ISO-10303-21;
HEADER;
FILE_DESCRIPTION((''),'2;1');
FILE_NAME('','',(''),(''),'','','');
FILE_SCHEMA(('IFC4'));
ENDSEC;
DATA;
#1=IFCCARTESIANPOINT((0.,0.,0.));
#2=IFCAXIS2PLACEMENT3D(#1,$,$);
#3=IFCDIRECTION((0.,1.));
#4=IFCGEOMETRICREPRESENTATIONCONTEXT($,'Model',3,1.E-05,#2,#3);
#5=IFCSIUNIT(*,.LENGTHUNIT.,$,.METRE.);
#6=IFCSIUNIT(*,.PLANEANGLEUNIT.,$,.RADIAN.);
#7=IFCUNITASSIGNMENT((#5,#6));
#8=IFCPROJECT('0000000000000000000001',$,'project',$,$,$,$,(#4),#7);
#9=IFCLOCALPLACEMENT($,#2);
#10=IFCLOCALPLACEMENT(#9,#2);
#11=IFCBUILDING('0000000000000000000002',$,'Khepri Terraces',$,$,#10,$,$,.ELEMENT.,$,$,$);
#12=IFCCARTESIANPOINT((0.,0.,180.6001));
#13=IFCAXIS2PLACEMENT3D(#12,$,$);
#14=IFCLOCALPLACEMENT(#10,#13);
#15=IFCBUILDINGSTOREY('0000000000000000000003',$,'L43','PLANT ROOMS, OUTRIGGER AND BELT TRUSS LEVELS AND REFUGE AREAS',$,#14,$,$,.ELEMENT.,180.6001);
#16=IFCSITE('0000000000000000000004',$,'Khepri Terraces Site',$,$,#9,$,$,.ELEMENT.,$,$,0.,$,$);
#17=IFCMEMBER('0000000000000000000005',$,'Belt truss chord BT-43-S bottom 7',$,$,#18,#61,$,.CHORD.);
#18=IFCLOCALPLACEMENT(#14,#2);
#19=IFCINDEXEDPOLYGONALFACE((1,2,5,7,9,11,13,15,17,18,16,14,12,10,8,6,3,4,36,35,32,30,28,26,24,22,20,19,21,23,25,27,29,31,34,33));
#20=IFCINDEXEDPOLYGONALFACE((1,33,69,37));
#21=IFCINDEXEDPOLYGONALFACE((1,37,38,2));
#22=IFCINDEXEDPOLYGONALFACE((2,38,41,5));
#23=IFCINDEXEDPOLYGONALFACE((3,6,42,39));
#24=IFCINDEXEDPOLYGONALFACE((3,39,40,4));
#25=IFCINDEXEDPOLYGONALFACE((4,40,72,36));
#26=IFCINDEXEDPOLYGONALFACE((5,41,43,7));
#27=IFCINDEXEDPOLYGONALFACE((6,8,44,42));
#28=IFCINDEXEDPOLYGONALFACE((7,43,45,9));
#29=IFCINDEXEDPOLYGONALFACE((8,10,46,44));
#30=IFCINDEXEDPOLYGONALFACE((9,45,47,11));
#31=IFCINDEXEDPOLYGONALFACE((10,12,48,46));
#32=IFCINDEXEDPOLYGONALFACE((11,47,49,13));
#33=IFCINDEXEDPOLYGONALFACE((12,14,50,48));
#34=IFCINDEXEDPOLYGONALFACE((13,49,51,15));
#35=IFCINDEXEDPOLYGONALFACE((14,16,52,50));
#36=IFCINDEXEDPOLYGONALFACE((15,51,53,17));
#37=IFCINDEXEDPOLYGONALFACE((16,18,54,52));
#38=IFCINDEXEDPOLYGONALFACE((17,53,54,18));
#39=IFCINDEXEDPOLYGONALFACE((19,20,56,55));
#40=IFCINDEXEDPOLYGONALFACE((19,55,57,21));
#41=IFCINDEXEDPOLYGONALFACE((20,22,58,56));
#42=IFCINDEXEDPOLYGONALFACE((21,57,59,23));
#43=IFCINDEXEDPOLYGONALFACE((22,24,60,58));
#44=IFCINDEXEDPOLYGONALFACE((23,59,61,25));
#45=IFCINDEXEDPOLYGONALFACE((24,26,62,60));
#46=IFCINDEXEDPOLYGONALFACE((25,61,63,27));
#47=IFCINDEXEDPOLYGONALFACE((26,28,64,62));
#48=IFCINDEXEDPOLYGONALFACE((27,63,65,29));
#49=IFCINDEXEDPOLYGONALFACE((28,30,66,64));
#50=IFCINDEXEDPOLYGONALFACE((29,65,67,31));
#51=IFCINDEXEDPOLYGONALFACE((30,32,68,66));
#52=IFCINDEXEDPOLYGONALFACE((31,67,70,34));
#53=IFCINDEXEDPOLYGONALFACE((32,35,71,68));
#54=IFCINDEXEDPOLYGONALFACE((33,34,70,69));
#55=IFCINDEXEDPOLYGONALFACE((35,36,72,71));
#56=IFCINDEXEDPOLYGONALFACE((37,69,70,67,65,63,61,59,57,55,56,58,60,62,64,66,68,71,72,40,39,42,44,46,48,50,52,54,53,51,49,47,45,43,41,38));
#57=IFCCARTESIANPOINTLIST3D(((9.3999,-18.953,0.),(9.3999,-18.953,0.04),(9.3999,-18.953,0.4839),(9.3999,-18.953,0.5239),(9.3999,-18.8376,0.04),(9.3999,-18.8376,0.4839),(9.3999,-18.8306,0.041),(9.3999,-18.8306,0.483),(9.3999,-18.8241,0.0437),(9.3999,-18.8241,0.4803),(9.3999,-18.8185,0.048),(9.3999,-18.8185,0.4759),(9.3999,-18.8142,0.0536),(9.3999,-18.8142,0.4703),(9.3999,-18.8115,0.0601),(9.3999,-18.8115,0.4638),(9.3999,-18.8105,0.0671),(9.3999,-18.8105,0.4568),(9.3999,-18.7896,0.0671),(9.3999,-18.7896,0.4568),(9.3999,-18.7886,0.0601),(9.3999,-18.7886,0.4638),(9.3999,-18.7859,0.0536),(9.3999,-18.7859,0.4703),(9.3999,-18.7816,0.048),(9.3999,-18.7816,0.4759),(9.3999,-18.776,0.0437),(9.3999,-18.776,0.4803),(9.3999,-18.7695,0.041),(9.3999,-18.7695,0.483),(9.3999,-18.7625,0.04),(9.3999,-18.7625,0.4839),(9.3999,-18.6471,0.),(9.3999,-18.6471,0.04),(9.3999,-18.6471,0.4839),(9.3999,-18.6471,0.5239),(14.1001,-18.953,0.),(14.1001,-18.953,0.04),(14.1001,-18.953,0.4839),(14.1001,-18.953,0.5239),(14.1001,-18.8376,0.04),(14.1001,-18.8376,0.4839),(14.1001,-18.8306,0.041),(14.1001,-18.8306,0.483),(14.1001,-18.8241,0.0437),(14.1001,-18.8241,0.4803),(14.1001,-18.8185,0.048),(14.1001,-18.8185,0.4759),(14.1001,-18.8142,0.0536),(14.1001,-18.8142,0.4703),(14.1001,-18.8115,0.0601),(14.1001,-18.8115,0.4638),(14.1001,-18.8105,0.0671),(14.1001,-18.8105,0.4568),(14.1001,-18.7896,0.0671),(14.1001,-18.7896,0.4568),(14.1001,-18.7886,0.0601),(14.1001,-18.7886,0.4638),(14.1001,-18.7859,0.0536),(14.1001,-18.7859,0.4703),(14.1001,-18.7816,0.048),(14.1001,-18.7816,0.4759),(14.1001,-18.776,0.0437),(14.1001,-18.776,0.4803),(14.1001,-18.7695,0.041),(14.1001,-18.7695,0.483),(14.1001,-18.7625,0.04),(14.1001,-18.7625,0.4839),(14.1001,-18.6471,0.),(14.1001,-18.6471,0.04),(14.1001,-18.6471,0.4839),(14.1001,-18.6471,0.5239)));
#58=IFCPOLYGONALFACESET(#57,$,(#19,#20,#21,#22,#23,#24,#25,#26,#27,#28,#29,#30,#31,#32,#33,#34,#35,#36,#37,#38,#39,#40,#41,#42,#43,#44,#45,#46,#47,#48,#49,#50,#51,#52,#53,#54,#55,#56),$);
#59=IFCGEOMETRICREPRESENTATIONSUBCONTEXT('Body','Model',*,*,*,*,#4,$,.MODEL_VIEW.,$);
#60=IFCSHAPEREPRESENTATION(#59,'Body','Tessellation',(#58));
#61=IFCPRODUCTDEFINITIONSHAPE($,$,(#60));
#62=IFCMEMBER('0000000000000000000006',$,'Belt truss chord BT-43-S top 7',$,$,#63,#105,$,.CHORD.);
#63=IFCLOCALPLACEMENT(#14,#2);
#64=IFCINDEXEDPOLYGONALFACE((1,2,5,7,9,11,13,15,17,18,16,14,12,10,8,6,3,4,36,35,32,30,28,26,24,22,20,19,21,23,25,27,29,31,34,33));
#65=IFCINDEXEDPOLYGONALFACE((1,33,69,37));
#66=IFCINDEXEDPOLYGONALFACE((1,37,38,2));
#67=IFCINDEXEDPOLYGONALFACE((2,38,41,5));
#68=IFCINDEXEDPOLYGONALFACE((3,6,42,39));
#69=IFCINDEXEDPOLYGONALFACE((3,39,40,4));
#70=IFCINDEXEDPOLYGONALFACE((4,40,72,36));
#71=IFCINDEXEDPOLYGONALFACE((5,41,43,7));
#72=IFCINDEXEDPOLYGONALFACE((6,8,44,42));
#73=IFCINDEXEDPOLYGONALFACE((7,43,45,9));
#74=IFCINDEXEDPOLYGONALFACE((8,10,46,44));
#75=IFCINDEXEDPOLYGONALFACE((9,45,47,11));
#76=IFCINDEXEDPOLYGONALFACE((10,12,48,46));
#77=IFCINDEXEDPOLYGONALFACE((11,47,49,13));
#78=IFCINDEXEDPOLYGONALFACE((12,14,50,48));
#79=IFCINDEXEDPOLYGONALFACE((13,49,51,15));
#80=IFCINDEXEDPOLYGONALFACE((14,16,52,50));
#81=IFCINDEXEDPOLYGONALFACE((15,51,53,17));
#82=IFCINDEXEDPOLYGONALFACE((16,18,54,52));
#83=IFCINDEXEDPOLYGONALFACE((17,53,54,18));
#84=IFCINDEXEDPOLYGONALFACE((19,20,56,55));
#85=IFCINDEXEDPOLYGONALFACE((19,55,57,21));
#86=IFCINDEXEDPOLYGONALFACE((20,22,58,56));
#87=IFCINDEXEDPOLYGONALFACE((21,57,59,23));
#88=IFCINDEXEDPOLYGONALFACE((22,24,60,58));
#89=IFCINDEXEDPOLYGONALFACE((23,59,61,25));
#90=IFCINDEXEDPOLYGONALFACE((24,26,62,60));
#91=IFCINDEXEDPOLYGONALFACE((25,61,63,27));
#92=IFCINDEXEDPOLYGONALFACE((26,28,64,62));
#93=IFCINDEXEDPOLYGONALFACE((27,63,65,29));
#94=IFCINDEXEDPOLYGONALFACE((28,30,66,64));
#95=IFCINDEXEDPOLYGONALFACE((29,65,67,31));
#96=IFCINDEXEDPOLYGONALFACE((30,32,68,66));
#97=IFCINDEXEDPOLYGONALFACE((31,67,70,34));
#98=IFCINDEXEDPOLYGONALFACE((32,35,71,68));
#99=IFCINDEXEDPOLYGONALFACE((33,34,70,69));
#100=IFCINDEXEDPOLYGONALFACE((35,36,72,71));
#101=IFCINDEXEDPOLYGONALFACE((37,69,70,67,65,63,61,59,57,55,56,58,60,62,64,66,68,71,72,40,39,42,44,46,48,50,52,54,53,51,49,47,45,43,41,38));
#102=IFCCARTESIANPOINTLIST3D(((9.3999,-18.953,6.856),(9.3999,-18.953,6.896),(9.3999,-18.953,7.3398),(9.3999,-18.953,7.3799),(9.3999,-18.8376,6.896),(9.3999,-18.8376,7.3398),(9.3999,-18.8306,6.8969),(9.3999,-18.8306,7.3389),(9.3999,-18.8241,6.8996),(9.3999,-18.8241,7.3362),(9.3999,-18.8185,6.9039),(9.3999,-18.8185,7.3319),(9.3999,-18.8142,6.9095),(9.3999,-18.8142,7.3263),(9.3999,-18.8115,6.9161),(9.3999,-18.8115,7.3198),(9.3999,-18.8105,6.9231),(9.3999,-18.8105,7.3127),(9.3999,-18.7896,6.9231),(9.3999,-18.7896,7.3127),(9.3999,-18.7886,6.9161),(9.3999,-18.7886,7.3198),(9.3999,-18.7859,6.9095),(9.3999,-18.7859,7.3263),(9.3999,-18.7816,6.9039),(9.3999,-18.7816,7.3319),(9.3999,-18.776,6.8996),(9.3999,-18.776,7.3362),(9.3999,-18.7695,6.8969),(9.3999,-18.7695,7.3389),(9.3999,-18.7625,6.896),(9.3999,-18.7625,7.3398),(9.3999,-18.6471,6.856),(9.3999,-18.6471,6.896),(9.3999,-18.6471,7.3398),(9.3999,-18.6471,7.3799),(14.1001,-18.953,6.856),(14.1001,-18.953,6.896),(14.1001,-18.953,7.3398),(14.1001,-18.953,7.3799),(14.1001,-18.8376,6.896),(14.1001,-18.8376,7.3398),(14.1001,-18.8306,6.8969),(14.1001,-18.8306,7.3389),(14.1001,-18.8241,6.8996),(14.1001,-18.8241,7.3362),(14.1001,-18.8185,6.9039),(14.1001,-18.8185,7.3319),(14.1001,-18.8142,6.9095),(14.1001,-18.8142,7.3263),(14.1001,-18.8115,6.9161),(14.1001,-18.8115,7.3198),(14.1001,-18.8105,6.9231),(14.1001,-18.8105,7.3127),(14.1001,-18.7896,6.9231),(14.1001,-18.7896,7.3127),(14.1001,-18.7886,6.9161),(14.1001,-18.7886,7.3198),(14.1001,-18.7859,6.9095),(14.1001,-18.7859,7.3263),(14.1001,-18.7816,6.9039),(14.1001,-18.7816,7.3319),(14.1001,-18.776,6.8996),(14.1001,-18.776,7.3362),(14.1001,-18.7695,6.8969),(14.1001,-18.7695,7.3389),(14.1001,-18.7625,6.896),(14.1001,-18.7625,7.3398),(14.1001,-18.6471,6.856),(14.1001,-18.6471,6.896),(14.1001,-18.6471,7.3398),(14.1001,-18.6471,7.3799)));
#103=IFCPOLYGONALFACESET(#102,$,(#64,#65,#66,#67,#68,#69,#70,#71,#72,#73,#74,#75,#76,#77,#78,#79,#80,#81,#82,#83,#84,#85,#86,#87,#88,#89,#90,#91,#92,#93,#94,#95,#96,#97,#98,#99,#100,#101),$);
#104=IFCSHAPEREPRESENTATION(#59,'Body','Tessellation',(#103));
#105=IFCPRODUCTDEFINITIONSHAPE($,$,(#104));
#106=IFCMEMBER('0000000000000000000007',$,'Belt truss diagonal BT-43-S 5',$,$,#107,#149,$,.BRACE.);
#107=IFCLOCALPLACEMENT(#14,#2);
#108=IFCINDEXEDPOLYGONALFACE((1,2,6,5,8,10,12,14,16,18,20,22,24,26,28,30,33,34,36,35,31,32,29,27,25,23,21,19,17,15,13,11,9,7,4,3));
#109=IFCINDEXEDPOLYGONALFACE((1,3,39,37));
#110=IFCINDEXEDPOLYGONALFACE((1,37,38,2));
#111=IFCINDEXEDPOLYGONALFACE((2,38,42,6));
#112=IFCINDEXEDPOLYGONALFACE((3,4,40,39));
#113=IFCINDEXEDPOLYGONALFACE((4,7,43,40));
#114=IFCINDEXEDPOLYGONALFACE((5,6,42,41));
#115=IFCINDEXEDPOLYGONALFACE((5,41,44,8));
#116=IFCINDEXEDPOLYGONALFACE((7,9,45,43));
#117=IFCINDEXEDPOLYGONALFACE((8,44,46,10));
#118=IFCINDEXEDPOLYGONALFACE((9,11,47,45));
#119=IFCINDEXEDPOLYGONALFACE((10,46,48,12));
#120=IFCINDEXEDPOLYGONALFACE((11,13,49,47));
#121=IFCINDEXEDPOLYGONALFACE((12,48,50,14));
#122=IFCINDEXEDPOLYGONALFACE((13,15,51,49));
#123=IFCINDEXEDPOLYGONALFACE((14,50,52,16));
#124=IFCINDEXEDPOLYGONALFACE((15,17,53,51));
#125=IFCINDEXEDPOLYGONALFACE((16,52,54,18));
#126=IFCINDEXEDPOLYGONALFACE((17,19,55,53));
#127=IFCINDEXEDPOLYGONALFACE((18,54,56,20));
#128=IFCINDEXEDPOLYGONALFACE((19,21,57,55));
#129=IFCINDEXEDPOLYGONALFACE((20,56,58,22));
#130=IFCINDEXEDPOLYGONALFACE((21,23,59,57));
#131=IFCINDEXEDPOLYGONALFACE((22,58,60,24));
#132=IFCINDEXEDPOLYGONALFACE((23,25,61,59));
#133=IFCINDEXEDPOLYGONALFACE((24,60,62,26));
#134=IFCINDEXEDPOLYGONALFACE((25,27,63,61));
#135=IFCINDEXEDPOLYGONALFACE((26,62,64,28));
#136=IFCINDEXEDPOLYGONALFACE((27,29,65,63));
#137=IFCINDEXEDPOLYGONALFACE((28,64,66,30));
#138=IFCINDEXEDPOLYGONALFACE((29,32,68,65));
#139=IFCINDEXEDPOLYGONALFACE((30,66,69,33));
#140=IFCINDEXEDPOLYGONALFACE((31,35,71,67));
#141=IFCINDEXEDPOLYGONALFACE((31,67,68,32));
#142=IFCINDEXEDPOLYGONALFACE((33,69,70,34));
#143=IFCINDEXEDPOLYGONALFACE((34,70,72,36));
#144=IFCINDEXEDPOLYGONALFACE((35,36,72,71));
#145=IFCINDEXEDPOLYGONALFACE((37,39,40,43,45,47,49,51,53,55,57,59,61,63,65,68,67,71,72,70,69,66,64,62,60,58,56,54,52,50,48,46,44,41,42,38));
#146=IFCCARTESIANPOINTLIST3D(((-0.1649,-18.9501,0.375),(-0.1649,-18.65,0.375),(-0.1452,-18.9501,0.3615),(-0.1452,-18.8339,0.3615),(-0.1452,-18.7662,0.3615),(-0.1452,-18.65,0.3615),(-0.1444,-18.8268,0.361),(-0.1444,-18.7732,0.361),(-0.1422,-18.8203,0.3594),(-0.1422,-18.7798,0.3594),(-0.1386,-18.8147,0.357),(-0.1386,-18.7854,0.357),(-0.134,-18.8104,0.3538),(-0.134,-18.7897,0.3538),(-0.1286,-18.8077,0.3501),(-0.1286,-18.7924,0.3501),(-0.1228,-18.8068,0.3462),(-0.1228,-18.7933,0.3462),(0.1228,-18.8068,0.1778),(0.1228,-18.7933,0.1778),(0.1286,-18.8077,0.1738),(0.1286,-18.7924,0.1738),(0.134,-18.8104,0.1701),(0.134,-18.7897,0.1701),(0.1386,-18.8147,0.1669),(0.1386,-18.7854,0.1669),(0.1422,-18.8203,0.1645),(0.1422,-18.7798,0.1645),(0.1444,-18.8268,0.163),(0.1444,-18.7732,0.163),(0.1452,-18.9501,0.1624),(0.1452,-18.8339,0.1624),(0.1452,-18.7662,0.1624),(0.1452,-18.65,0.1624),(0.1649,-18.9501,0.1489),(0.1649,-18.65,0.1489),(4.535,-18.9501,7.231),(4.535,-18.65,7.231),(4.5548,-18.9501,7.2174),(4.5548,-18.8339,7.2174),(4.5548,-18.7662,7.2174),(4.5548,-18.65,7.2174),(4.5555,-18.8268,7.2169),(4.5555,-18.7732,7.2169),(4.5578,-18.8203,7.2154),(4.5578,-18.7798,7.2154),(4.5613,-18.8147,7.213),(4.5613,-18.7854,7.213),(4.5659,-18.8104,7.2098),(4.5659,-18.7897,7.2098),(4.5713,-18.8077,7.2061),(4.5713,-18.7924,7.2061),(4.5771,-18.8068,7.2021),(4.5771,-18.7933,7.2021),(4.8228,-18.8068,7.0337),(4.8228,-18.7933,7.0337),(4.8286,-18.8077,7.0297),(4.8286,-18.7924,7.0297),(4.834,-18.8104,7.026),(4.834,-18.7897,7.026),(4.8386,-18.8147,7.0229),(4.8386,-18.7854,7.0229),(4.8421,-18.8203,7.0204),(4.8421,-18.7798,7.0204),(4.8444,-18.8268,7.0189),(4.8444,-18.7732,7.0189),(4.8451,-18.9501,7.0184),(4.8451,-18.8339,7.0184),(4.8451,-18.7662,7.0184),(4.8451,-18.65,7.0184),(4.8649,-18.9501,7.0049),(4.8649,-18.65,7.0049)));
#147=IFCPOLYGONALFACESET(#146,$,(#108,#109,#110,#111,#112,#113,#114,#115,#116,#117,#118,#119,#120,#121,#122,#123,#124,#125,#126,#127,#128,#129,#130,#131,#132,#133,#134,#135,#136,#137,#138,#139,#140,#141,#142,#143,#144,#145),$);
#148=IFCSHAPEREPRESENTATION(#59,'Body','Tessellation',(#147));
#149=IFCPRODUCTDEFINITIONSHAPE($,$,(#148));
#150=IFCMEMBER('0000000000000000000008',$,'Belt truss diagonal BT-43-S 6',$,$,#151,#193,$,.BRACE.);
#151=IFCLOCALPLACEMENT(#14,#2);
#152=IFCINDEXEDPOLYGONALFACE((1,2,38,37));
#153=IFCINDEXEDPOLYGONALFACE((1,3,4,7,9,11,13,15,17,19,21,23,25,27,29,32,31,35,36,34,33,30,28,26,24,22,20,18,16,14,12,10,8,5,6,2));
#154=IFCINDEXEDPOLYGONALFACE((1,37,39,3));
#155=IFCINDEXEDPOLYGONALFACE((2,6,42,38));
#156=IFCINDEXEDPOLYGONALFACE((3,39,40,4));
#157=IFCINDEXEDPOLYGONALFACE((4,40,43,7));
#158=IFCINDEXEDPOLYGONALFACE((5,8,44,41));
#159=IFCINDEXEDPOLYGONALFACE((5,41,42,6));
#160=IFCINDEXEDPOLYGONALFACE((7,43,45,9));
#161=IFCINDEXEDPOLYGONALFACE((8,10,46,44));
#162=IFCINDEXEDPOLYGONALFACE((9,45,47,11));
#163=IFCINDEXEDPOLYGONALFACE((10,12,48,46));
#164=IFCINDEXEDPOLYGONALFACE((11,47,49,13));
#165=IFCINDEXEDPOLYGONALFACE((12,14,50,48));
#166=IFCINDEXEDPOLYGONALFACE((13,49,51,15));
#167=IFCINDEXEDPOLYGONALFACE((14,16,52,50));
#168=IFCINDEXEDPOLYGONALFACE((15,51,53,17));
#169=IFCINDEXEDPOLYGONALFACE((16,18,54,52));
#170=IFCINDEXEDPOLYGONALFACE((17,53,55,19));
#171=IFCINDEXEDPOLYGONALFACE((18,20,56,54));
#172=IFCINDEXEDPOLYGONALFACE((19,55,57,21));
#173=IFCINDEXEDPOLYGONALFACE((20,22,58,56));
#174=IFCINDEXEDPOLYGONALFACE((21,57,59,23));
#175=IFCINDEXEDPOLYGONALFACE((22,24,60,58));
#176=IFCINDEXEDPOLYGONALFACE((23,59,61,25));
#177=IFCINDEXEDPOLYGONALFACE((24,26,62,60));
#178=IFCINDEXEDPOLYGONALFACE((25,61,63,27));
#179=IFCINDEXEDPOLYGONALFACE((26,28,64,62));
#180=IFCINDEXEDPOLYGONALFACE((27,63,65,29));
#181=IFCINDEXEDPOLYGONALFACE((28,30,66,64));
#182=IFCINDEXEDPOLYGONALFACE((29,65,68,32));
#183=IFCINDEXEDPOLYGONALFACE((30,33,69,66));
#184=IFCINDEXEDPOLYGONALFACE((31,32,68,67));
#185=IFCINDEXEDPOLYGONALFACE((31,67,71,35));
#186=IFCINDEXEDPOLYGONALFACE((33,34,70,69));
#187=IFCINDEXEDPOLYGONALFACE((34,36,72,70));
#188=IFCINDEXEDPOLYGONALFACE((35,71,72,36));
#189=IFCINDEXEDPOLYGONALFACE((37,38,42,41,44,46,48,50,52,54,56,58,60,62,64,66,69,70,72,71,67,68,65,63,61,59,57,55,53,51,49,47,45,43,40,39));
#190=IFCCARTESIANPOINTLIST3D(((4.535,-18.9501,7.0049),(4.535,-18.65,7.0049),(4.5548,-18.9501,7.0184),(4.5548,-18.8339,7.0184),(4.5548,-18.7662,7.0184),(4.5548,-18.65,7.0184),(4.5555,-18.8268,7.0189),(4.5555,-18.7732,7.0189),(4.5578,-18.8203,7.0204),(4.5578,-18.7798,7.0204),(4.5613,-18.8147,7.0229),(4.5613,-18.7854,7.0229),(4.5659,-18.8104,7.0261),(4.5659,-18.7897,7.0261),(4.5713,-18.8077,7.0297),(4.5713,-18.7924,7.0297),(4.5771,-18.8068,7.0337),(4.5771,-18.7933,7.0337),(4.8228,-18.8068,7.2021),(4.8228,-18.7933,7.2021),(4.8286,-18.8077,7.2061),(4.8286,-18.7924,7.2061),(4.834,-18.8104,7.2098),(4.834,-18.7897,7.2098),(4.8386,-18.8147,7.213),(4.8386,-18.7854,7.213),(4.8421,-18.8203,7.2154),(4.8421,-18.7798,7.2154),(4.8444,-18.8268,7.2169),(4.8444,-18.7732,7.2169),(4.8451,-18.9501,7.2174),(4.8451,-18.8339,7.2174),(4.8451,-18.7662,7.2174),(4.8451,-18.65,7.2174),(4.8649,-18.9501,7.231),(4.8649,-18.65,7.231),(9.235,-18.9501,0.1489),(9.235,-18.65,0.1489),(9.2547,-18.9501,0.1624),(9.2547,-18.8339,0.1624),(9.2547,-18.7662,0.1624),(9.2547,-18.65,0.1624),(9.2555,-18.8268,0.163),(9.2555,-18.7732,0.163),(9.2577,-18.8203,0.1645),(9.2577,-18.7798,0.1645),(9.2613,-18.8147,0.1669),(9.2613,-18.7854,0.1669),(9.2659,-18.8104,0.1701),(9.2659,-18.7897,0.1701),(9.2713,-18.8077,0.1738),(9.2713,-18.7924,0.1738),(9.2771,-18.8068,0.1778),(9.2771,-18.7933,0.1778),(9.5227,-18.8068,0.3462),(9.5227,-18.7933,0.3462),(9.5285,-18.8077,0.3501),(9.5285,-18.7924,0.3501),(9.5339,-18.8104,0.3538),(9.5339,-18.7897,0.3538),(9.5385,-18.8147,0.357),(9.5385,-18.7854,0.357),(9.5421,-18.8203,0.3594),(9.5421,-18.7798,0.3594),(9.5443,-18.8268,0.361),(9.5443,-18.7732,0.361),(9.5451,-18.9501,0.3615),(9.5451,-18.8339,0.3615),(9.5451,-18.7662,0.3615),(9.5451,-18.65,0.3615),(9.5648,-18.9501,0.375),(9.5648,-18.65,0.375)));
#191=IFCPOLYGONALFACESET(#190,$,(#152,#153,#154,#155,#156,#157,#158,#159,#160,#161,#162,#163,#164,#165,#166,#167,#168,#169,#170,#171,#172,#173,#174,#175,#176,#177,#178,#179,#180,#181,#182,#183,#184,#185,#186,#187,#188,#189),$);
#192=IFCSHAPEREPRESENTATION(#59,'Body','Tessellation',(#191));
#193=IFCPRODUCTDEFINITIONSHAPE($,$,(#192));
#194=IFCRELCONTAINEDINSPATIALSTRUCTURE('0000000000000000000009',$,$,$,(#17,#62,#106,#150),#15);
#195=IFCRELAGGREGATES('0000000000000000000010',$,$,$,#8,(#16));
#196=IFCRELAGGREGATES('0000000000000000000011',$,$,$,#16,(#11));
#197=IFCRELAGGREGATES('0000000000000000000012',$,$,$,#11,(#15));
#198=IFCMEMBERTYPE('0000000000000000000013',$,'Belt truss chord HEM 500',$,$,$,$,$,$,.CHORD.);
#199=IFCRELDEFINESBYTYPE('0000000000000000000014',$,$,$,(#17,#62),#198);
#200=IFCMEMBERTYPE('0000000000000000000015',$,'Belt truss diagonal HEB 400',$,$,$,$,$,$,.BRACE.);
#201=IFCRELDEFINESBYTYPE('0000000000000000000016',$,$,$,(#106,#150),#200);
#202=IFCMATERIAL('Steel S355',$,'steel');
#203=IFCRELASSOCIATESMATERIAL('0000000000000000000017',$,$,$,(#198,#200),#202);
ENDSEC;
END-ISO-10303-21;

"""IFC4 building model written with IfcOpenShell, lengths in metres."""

from ifc_helpers import new_model, si_unit, direction, frame, origin, origin_2d, place, context, subcontext, project, spatial, i_section, extrude, material, material_profile, profile_set, type_object, element, save


model = new_model("IFC4")

# Units and contexts
model_context = context("Model", 3, precision=1e-05, world=origin(), true_north=direction((0.0, 1.0)))
body_context = subcontext(model_context, "Body", "Model", "MODEL_VIEW")
ifc_project = project(units=[si_unit("LENGTHUNIT", "METRE"), si_unit("PLANEANGLEUNIT", "RADIAN")], contexts=[model_context])

# Site, building, storey
site_placement = place(None, origin())
site = spatial("IfcSite", under=ifc_project, at=site_placement, Name="Khepri Terraces Site", CompositionType="ELEMENT", RefElevation=0.0)
building_placement = place(site_placement, origin())
building = spatial("IfcBuilding", under=site, at=building_placement, Name="Khepri Terraces", CompositionType="ELEMENT")
storey_placement = place(building_placement, frame((0.0, 0.0, 180.6001)))
storey = spatial("IfcBuildingStorey", under=building, at=storey_placement, Name="L43", Description="PLANT ROOMS, OUTRIGGER AND BELT TRUSS LEVELS AND REFUGE AREAS", CompositionType="ELEMENT", Elevation=180.6001)

# Members
ifc_material_1 = material(Name="Steel S355", Category="steel")
ifc_material_profile_1 = material_profile(ifc_material_1, i_section(OverallWidth=0.3059, OverallDepth=0.5239, WebThickness=0.021, FlangeThickness=0.04, FilletRadius=0.0271, at=origin_2d()), Name="Steel S355", Category="steel")
ifc_profile_set_1 = profile_set([ifc_material_profile_1], Name="Steel S355")
member_type_1 = type_object("IfcMemberType", Name="Belt truss chord HEM 500", PredefinedType="CHORD", material=ifc_profile_set_1)
for number, where, z_axis, x_axis, name in (
    (1, (9.3999, -18.8, 0.262), (1.0, 0.0, 0.0), (0.0, 1.0, 0.0), "Belt truss chord BT-43-S bottom 7"),
    (2, (9.3999, -18.8, 7.1179), (1.0, 0.0, 0.0), (0.0, 1.0, 0.0), "Belt truss chord BT-43-S top 7"),
):
    element("IfcMember", number, at=place(storey_placement, frame(where, z_axis=z_axis, x_axis=x_axis)), inside=storey, type_object=member_type_1, Name=name, PredefinedType="CHORD", context=body_context, shape_type="SweptSolid", body=[
        extrude(i_section(OverallWidth=0.3059, OverallDepth=0.5239, WebThickness=0.021, FlangeThickness=0.04, FilletRadius=0.0271, at=origin_2d()), origin(), (0.0, 0.0, 1.0), 4.7002),
    ])
ifc_material_profile_2 = material_profile(ifc_material_1, i_section(OverallWidth=0.3, OverallDepth=0.3999, WebThickness=0.0134, FlangeThickness=0.0239, FilletRadius=0.0271, at=origin_2d()), Name="Steel S355", Category="steel")
ifc_profile_set_2 = profile_set([ifc_material_profile_2], Name="Steel S355")
member_type_2 = type_object("IfcMemberType", Name="Belt truss diagonal HEB 400", PredefinedType="BRACE", material=ifc_profile_set_2)
for number, where, z_axis, x_axis, name in (
    (3, (0.0, -18.8, 0.262), (0.565424, 0.0, 0.8248), (0.0, 1.0, 0.0), "Belt truss diagonal BT-43-S 5"),
    (4, (4.7, -18.8, 7.1179), (0.565424, 0.0, -0.8248), (0.0, 1.0, 0.0), "Belt truss diagonal BT-43-S 6"),
):
    element("IfcMember", number, at=place(storey_placement, frame(where, z_axis=z_axis, x_axis=x_axis)), inside=storey, type_object=member_type_2, Name=name, PredefinedType="BRACE", context=body_context, shape_type="SweptSolid", body=[
        extrude(i_section(OverallWidth=0.3, OverallDepth=0.3999, WebThickness=0.0134, FlangeThickness=0.0239, FilletRadius=0.0271, at=origin_2d()), origin(), (0.0, 0.0, 1.0), 8.3123),
    ])

save(model, "model.ifc")
